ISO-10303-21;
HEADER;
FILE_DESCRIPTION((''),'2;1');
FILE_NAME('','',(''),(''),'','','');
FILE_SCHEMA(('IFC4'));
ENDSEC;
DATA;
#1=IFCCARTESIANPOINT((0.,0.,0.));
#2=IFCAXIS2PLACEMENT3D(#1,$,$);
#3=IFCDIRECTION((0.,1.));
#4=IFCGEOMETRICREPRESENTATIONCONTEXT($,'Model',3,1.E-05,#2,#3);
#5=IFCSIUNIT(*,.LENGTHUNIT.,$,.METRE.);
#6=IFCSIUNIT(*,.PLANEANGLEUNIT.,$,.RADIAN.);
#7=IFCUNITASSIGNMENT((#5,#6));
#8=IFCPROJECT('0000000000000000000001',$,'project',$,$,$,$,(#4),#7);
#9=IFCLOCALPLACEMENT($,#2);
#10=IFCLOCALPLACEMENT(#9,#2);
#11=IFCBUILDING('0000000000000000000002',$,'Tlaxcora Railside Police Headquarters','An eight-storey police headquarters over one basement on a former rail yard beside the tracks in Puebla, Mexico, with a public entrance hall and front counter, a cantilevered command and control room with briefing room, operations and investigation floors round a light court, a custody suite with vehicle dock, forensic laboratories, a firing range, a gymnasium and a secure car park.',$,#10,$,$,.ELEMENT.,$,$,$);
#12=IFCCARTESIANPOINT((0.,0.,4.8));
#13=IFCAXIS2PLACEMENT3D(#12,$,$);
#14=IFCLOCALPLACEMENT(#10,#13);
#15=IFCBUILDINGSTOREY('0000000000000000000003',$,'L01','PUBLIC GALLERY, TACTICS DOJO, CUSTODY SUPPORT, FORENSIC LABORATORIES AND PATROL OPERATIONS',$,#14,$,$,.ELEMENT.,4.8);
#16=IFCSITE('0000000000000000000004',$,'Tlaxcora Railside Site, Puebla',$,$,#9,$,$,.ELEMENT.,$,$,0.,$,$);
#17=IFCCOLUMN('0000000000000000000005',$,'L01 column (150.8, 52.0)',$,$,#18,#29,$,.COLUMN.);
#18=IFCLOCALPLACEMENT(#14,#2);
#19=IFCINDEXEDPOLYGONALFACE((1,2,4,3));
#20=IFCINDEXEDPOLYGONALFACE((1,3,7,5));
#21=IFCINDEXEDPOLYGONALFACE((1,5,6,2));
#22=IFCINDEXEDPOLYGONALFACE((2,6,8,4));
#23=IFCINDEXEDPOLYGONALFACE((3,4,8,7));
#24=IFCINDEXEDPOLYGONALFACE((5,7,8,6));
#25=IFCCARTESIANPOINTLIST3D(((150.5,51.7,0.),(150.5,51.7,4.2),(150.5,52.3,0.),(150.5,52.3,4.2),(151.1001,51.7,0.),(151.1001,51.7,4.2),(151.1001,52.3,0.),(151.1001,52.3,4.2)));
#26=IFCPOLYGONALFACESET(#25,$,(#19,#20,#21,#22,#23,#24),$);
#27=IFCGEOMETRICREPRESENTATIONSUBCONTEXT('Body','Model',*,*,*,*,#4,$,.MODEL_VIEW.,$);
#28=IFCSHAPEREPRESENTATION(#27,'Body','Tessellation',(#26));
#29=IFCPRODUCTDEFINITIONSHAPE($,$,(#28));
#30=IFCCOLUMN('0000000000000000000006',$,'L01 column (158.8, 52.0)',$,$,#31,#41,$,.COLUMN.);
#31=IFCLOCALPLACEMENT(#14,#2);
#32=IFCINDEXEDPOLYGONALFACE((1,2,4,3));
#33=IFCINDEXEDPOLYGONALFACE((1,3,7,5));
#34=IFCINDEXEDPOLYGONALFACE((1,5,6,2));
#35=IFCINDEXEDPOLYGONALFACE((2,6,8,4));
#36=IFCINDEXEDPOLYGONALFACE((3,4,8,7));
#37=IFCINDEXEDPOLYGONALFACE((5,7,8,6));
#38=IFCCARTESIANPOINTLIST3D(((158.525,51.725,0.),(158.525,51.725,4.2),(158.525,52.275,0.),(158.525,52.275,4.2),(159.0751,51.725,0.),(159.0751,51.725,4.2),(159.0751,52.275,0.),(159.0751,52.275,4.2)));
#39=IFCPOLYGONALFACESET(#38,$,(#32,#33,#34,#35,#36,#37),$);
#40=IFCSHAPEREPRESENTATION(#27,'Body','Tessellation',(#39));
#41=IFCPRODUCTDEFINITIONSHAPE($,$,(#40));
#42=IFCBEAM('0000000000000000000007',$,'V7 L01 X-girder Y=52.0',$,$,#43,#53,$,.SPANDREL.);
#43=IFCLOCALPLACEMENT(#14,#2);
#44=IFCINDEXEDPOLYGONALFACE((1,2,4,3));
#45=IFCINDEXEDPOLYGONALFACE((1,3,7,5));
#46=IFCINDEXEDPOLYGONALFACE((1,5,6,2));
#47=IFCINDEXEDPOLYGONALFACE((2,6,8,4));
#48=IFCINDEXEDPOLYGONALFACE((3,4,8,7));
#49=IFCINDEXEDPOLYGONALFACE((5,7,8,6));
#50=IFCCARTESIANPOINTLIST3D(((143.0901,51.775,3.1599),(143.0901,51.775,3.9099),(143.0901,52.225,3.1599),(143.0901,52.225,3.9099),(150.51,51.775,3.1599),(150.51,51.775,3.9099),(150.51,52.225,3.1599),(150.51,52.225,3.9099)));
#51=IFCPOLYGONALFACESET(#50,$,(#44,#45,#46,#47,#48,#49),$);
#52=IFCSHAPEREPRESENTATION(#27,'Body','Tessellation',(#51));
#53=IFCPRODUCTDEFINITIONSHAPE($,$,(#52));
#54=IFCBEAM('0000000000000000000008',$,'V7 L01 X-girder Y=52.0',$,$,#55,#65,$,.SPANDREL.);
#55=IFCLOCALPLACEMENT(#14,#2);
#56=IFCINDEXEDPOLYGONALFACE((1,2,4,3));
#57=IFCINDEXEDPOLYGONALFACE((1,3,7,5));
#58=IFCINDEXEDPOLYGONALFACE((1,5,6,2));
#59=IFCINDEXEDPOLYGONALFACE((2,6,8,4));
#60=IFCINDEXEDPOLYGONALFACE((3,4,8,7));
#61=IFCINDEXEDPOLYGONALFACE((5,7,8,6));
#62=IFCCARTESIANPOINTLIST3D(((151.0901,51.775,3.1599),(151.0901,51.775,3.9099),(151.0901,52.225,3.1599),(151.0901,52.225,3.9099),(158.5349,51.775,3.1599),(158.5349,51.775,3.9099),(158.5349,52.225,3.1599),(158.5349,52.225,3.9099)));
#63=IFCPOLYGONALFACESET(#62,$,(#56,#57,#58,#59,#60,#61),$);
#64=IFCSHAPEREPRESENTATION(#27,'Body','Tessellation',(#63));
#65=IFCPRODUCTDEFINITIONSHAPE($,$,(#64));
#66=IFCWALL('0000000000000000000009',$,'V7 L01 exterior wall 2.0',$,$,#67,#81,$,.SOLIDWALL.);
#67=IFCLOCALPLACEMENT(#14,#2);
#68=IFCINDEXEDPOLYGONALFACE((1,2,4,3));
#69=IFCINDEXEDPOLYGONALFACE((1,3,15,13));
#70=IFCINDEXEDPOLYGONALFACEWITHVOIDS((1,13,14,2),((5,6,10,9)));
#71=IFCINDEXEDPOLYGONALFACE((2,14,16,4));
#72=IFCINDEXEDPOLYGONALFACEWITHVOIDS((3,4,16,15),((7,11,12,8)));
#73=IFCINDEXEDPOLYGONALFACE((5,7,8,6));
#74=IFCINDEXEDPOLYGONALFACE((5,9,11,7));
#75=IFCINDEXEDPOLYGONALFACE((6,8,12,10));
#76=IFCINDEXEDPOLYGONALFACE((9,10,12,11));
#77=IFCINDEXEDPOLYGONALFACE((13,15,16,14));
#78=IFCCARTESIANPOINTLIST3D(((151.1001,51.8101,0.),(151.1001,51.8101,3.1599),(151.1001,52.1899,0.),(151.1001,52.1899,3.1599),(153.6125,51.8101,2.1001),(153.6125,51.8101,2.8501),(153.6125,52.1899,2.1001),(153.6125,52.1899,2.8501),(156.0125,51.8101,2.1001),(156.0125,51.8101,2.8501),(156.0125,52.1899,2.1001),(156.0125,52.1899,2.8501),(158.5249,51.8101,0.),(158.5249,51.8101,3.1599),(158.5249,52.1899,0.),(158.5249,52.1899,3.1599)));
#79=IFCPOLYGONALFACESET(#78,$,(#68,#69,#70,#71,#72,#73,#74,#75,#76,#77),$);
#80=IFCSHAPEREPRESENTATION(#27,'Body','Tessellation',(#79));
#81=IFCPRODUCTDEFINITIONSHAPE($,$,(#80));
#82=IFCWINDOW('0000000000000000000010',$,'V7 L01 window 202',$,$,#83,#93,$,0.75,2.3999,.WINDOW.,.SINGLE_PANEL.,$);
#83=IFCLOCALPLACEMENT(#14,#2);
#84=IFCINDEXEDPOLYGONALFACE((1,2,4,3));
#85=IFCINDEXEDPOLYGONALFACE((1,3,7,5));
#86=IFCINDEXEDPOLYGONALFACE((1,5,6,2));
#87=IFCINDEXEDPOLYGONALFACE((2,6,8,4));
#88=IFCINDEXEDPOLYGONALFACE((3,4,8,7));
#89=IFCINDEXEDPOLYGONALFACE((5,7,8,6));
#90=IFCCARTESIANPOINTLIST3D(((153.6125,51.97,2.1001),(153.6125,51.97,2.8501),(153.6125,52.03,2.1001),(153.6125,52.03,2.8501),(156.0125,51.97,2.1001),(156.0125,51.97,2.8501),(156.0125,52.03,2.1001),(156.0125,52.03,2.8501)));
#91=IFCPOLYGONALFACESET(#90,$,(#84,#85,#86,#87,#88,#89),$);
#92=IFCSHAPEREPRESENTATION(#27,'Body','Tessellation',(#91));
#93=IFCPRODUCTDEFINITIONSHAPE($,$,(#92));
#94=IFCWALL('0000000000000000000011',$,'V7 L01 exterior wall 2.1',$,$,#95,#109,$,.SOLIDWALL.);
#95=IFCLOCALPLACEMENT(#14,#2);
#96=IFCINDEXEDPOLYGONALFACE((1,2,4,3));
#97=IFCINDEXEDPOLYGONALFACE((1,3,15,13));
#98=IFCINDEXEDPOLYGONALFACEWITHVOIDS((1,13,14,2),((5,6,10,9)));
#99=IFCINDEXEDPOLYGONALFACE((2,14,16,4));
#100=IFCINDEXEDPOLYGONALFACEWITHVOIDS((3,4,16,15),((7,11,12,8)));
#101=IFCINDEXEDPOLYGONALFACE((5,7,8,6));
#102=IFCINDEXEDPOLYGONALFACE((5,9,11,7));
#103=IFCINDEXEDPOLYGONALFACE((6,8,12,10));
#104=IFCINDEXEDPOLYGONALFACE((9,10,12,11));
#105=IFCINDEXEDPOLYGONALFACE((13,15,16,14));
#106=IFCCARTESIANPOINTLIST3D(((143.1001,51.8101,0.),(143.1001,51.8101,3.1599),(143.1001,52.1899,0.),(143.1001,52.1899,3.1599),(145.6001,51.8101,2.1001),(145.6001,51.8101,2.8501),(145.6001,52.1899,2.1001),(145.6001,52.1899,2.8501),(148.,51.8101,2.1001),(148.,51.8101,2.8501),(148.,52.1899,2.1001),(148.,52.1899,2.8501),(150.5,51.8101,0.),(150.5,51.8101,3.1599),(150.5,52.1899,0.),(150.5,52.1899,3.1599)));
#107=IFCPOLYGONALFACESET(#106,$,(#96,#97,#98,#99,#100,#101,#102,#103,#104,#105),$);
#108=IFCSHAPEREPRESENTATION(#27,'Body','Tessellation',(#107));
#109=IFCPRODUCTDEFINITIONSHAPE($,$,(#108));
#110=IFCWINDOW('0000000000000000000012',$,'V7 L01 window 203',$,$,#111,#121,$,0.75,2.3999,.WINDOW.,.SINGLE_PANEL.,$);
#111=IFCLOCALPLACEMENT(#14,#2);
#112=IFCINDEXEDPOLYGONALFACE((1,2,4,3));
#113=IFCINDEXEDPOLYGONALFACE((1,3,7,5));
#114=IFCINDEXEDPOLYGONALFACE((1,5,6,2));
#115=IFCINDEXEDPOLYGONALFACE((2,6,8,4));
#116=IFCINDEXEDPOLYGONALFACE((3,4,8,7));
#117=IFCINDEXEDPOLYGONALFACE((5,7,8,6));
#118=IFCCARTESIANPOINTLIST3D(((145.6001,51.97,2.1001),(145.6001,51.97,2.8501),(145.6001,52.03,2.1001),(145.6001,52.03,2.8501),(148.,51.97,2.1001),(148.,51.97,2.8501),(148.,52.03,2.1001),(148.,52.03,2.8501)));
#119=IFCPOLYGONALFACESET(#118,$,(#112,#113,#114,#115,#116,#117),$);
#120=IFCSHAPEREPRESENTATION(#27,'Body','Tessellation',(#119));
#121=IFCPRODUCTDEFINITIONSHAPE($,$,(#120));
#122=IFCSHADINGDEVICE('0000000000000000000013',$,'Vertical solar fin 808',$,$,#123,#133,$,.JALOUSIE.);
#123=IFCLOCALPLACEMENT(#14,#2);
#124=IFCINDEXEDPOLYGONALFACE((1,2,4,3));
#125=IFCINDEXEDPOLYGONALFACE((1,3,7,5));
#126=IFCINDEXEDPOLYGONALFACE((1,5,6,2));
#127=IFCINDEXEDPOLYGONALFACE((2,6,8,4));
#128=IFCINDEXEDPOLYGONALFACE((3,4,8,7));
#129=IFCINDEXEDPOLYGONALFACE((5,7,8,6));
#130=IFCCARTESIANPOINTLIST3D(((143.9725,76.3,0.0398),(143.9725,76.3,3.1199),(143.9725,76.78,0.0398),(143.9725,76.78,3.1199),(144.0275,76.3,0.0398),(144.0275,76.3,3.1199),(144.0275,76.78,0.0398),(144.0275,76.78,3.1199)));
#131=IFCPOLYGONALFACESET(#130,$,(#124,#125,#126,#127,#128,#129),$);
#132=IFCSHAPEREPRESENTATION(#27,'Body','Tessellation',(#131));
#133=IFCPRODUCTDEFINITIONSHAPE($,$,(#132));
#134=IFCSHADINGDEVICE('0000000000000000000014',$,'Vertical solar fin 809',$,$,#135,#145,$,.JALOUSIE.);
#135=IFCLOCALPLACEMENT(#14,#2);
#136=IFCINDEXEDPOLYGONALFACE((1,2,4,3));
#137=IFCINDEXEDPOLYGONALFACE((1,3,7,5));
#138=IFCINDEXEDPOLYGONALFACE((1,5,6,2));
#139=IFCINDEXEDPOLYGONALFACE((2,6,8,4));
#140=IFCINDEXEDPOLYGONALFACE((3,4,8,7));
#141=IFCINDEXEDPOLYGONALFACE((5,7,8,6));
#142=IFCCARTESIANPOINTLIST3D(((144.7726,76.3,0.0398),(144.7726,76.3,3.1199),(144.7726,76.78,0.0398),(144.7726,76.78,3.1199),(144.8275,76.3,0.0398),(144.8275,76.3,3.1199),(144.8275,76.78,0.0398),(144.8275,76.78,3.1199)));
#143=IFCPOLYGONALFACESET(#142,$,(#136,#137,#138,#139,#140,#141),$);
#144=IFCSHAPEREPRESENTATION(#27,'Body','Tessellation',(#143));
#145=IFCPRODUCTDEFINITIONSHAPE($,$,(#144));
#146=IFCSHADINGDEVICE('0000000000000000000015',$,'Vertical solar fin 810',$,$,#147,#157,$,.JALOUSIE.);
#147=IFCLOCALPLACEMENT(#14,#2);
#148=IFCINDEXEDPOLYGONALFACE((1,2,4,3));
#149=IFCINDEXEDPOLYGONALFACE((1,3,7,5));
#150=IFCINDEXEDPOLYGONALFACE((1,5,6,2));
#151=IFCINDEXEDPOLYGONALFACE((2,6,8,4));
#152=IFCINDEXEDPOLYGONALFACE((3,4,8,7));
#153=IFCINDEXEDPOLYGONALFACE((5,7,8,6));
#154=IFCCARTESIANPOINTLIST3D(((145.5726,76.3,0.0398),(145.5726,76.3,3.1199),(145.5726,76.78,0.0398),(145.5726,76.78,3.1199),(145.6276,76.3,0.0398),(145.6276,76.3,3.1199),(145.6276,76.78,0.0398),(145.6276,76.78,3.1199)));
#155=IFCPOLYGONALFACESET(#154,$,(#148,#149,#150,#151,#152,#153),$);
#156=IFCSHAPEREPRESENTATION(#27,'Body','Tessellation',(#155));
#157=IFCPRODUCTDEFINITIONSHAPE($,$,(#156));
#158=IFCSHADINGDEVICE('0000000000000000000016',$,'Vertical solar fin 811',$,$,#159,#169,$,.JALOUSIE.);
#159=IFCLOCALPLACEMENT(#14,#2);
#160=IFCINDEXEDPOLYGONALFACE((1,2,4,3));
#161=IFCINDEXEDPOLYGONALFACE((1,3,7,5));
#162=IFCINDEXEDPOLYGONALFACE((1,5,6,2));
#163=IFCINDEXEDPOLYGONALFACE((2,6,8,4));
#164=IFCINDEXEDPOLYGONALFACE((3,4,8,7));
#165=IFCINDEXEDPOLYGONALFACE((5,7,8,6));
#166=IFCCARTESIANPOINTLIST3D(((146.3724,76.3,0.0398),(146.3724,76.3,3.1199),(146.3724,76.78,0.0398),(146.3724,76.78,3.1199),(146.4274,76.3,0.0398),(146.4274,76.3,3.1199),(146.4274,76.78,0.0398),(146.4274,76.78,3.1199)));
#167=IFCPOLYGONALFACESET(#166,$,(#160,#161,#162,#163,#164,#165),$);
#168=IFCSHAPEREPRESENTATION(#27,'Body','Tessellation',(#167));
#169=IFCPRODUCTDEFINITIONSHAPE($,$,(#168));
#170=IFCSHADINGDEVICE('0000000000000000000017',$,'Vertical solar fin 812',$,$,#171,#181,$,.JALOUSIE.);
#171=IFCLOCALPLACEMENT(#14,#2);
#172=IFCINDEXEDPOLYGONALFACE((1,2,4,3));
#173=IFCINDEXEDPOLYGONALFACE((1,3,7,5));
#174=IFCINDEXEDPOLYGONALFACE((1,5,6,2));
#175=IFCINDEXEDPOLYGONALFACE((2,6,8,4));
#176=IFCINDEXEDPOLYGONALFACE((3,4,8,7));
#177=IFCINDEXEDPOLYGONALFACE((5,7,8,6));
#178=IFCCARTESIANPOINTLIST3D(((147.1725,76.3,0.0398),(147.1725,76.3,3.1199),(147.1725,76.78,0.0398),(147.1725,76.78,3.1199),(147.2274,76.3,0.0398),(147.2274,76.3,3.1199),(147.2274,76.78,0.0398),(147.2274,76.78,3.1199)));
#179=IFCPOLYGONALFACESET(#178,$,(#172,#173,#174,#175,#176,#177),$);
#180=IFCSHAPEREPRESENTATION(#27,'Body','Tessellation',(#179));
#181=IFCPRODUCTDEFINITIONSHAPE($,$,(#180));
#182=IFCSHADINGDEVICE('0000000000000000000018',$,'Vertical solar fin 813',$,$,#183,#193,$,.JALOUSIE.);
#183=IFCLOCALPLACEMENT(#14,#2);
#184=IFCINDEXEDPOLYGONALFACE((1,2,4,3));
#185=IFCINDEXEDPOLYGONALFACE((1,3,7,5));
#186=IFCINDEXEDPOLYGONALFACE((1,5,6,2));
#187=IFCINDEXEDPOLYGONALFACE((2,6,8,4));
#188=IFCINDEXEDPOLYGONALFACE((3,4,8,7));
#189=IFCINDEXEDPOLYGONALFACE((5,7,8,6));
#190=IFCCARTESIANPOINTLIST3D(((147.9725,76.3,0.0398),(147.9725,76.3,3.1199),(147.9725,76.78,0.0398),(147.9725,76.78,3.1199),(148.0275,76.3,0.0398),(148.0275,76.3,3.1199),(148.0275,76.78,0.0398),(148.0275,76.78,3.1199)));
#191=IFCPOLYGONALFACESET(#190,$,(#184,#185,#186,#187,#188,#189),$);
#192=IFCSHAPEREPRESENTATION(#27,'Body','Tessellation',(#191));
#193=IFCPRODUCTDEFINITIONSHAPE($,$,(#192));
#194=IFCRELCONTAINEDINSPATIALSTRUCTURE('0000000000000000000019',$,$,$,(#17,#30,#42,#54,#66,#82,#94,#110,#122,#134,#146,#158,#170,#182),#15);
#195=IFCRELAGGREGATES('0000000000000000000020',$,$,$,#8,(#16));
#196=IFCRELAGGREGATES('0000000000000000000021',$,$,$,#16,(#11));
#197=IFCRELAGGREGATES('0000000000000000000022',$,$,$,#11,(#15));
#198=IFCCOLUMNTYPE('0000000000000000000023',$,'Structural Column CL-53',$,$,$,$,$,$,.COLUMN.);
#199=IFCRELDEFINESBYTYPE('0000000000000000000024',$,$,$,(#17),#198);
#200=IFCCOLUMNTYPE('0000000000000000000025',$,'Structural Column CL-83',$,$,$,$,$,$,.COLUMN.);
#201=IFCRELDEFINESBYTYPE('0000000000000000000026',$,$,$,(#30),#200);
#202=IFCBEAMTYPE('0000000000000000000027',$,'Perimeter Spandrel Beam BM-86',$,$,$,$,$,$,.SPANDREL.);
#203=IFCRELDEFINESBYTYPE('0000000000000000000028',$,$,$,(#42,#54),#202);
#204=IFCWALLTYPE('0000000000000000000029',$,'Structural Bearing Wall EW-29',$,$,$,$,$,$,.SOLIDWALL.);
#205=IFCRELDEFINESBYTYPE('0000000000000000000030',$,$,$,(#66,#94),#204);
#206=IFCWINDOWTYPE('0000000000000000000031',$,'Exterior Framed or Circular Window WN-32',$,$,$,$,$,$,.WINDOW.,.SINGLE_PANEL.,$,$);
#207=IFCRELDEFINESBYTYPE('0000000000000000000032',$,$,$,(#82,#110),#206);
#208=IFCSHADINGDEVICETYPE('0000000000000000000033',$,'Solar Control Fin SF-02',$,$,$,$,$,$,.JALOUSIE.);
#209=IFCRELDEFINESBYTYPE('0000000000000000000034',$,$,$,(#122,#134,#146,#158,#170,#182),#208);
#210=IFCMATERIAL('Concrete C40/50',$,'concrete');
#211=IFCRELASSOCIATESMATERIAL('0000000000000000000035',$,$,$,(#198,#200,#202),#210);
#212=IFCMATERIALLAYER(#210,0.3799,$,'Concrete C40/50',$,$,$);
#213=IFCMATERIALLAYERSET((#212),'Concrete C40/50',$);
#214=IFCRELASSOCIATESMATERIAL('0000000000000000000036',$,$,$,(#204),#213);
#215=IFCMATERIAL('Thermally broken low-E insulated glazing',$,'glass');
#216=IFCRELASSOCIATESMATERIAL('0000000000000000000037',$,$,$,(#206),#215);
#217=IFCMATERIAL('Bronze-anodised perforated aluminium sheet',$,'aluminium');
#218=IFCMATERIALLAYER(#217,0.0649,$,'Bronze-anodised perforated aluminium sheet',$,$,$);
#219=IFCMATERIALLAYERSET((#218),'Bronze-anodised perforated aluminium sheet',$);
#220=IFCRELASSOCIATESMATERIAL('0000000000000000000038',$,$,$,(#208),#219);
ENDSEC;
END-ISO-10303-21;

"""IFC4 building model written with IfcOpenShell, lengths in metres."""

from ifc_helpers import new_model, si_unit, direction, frame, frame_2d, origin, origin_2d, place, context, subcontext, project, spatial, rectangle, extrude, material, layer, layer_set, material_profile, profile_set, type_object, element, fill, save


model = new_model("IFC4")

# Units and contexts
model_context = context("Model", 3, precision=1e-05, world=origin(), true_north=direction((0.0, 1.0)))
body_context = subcontext(model_context, "Body", "Model", "MODEL_VIEW")
ifc_project = project(units=[si_unit("LENGTHUNIT", "METRE"), si_unit("PLANEANGLEUNIT", "RADIAN")], contexts=[model_context])

# Site, building, storey
site_placement = place(None, origin())
site = spatial("IfcSite", under=ifc_project, at=site_placement, Name="Tlaxcora Railside Site, Puebla", CompositionType="ELEMENT", RefElevation=0.0)
building_placement = place(site_placement, origin())
building = spatial("IfcBuilding", under=site, at=building_placement, Name="Tlaxcora Railside Police Headquarters", Description="An eight-storey police headquarters over one basement on a former rail yard beside the tracks in Puebla, Mexico, with a public entrance hall and front counter, a cantilevered command and control room with briefing room, operations and investigation floors round a light court, a custody suite with vehicle dock, forensic laboratories, a firing range, a gymnasium and a secure car park.", CompositionType="ELEMENT")
storey_placement = place(building_placement, frame((0.0, 0.0, 4.8)))
storey = spatial("IfcBuildingStorey", under=building, at=storey_placement, Name="L01", Description="PUBLIC GALLERY, TACTICS DOJO, CUSTODY SUPPORT, FORENSIC LABORATORIES AND PATROL OPERATIONS", CompositionType="ELEMENT", Elevation=4.8)

# Columns
ifc_material_1 = material(Name="Concrete C40/50", Category="concrete")
ifc_material_profile_1 = material_profile(ifc_material_1, rectangle(XDim=0.6001, YDim=0.6001, at=origin_2d()), Name="RC600X600")
ifc_profile_set_1 = profile_set([ifc_material_profile_1], Name="Concrete C40/50")
column_type_1 = type_object("IfcColumnType", Name="Structural Column CL-53", PredefinedType="COLUMN", material=ifc_profile_set_1)
column_1_placement = place(storey_placement, frame((150.8, 52.0, 0.0), z_axis=(0.0, 0.0, 1.0), x_axis=(1.0, 0.0, 0.0)))
element("IfcColumn", 1, at=column_1_placement, inside=storey, type_object=column_type_1, Name="L01 column (150.8, 52.0)", PredefinedType="COLUMN", context=body_context, shape_type="SweptSolid", body=[
    extrude(rectangle(XDim=0.6001, YDim=0.6001, at=origin_2d()), origin(), (0.0, 0.0, 1.0), 4.2),
])
ifc_material_profile_2 = material_profile(ifc_material_1, rectangle(XDim=0.55, YDim=0.55, at=origin_2d()), Name="RC550X550")
ifc_profile_set_2 = profile_set([ifc_material_profile_2], Name="Concrete C40/50")
column_type_2 = type_object("IfcColumnType", Name="Structural Column CL-83", PredefinedType="COLUMN", material=ifc_profile_set_2)
column_2_placement = place(storey_placement, frame((158.8, 52.0, 0.0), z_axis=(0.0, 0.0, 1.0), x_axis=(1.0, 0.0, 0.0)))
element("IfcColumn", 2, at=column_2_placement, inside=storey, type_object=column_type_2, Name="L01 column (158.8, 52.0)", PredefinedType="COLUMN", context=body_context, shape_type="SweptSolid", body=[
    extrude(rectangle(XDim=0.55, YDim=0.55, at=origin_2d()), origin(), (0.0, 0.0, 1.0), 4.2),
])

# Beams
ifc_material_profile_3 = material_profile(ifc_material_1, rectangle(XDim=0.45, YDim=0.75, at=origin_2d()), Name="RC450X750")
ifc_profile_set_3 = profile_set([ifc_material_profile_3], Name="Concrete C40/50")
beam_type = type_object("IfcBeamType", Name="Perimeter Spandrel Beam BM-86", PredefinedType="SPANDREL", material=ifc_profile_set_3)
beam_1_placement = place(storey_placement, frame((143.0901, 52.0, 3.5349), z_axis=(1.0, 0.0, 0.0), x_axis=(0.0, 1.0, 0.0)))
element("IfcBeam", 3, at=beam_1_placement, inside=storey, type_object=beam_type, Name="V7 L01 X-girder Y=52.0", PredefinedType="SPANDREL", context=body_context, shape_type="SweptSolid", body=[
    extrude(rectangle(XDim=0.45, YDim=0.75, at=origin_2d()), origin(), (0.0, 0.0, 1.0), 7.4199),
])
beam_2_placement = place(storey_placement, frame((151.0901, 52.0, 3.5349), z_axis=(1.0, 0.0, 0.0), x_axis=(0.0, 1.0, 0.0)))
element("IfcBeam", 4, at=beam_2_placement, inside=storey, type_object=beam_type, Name="V7 L01 X-girder Y=52.0", PredefinedType="SPANDREL", context=body_context, shape_type="SweptSolid", body=[
    extrude(rectangle(XDim=0.45, YDim=0.75, at=origin_2d()), origin(), (0.0, 0.0, 1.0), 7.4448),
])

# Walls, openings, windows
ifc_layer_1 = layer(ifc_material_1, 0.3799, Name="Concrete C40/50")
ifc_layer_set_1 = layer_set([ifc_layer_1], Name="Concrete C40/50")
wall_type = type_object("IfcWallType", Name="Structural Bearing Wall EW-29", PredefinedType="SOLIDWALL", material=ifc_layer_set_1)
wall_1_placement = place(storey_placement, frame((158.5249, 52.0, 0.0), z_axis=(0.0, 0.0, 1.0), x_axis=(-1.0, 0.0, 0.0)))
wall_1 = element("IfcWall", 5, at=wall_1_placement, inside=storey, type_object=wall_type, Name="V7 L01 exterior wall 2.0", PredefinedType="SOLIDWALL", context=body_context, shape_type="SweptSolid", body=[
    extrude(rectangle(XDim=7.4248, YDim=0.3799, at=frame_2d((3.7124, 0.0))), origin(), (0.0, 0.0, 1.0), 3.1599),
])
opening_1_placement = place(wall_1_placement, frame((2.5125, 0.0, 2.1001)))
opening_1 = element("IfcOpeningElement", 6, at=opening_1_placement, cuts=wall_1, PredefinedType="OPENING", context=body_context, shape_type="SweptSolid", body=[
    extrude(rectangle(XDim=2.3999, YDim=0.75, at=frame_2d((1.2, 0.375))), frame((0.0, 0.2, 0.0), z_axis=(0.0, -1.0, 0.0), x_axis=(1.0, 0.0, 0.0)), (0.0, 0.0, 1.0), 0.3999),
])
ifc_material_2 = material(Name="Thermally broken low-E insulated glazing", Category="glass")
window_type = type_object("IfcWindowType", Name="Exterior Framed or Circular Window WN-32", PartitioningType="SINGLE_PANEL", PredefinedType="WINDOW", material=ifc_material_2)
window_1_placement = place(opening_1_placement, origin())
window_1 = element("IfcWindow", 7, at=window_1_placement, inside=storey, type_object=window_type, Name="V7 L01 window 202", OverallHeight=0.75, OverallWidth=2.3999, PartitioningType="SINGLE_PANEL", PredefinedType="WINDOW", context=body_context, shape_type="SweptSolid", body=[
    extrude(rectangle(XDim=2.3999, YDim=0.75, at=frame_2d((1.2, 0.375))), frame((0.0, 0.03, 0.0), z_axis=(0.0, -1.0, 0.0), x_axis=(1.0, 0.0, 0.0)), (0.0, 0.0, 1.0), 0.0601),
])
fill(opening_1, window_1)
wall_2_placement = place(storey_placement, frame((150.5, 52.0, 0.0), z_axis=(0.0, 0.0, 1.0), x_axis=(-1.0, 0.0, 0.0)))
wall_2 = element("IfcWall", 8, at=wall_2_placement, inside=storey, type_object=wall_type, Name="V7 L01 exterior wall 2.1", PredefinedType="SOLIDWALL", context=body_context, shape_type="SweptSolid", body=[
    extrude(rectangle(XDim=7.3999, YDim=0.3799, at=frame_2d((3.7, 0.0))), origin(), (0.0, 0.0, 1.0), 3.1599),
])
opening_2_placement = place(wall_2_placement, frame((2.5, 0.0, 2.1001)))
opening_2 = element("IfcOpeningElement", 9, at=opening_2_placement, cuts=wall_2, PredefinedType="OPENING", context=body_context, shape_type="SweptSolid", body=[
    extrude(rectangle(XDim=2.3999, YDim=0.75, at=frame_2d((1.2, 0.375))), frame((0.0, 0.2, 0.0), z_axis=(0.0, -1.0, 0.0), x_axis=(1.0, 0.0, 0.0)), (0.0, 0.0, 1.0), 0.3999),
])
window_2_placement = place(opening_2_placement, origin())
window_2 = element("IfcWindow", 10, at=window_2_placement, inside=storey, type_object=window_type, Name="V7 L01 window 203", OverallHeight=0.75, OverallWidth=2.3999, PartitioningType="SINGLE_PANEL", PredefinedType="WINDOW", context=body_context, shape_type="SweptSolid", body=[
    extrude(rectangle(XDim=2.3999, YDim=0.75, at=frame_2d((1.2, 0.375))), frame((0.0, 0.03, 0.0), z_axis=(0.0, -1.0, 0.0), x_axis=(1.0, 0.0, 0.0)), (0.0, 0.0, 1.0), 0.0601),
])
fill(opening_2, window_2)

# Shading devices
ifc_material_3 = material(Name="Bronze-anodised perforated aluminium sheet", Category="aluminium")
ifc_layer_2 = layer(ifc_material_3, 0.0649, Name="Bronze-anodised perforated aluminium sheet")
ifc_layer_set_2 = layer_set([ifc_layer_2], Name="Bronze-anodised perforated aluminium sheet")
shading_device_type = type_object("IfcShadingDeviceType", Name="Solar Control Fin SF-02", PredefinedType="JALOUSIE", material=ifc_layer_set_2)
for number, where, z_axis, x_axis, name in (
    (11, (144.0, 76.54, 0.0398), (0.0, 0.0, 1.0), (0.0, -1.0, 0.0), "Vertical solar fin 808"),
    (12, (144.8, 76.54, 0.0398), (0.0, 0.0, 1.0), (0.0, -1.0, 0.0), "Vertical solar fin 809"),
    (13, (145.6001, 76.54, 0.0398), (0.0, 0.0, 1.0), (0.0, -1.0, 0.0), "Vertical solar fin 810"),
    (14, (146.3999, 76.54, 0.0398), (0.0, 0.0, 1.0), (0.0, -1.0, 0.0), "Vertical solar fin 811"),
    (15, (147.2, 76.54, 0.0398), (0.0, 0.0, 1.0), (0.0, -1.0, 0.0), "Vertical solar fin 812"),
    (16, (148.0, 76.54, 0.0398), (0.0, 0.0, 1.0), (0.0, -1.0, 0.0), "Vertical solar fin 813"),
):
    element("IfcShadingDevice", number, at=place(storey_placement, frame(where, z_axis=z_axis, x_axis=x_axis)), inside=storey, type_object=shading_device_type, Name=name, PredefinedType="JALOUSIE", context=body_context, shape_type="SweptSolid", body=[
        extrude(rectangle(XDim=0.48, YDim=0.0549, at=origin_2d()), origin(), (0.0, 0.0, 1.0), 3.0801),
    ])

save(model, "model.ifc")
